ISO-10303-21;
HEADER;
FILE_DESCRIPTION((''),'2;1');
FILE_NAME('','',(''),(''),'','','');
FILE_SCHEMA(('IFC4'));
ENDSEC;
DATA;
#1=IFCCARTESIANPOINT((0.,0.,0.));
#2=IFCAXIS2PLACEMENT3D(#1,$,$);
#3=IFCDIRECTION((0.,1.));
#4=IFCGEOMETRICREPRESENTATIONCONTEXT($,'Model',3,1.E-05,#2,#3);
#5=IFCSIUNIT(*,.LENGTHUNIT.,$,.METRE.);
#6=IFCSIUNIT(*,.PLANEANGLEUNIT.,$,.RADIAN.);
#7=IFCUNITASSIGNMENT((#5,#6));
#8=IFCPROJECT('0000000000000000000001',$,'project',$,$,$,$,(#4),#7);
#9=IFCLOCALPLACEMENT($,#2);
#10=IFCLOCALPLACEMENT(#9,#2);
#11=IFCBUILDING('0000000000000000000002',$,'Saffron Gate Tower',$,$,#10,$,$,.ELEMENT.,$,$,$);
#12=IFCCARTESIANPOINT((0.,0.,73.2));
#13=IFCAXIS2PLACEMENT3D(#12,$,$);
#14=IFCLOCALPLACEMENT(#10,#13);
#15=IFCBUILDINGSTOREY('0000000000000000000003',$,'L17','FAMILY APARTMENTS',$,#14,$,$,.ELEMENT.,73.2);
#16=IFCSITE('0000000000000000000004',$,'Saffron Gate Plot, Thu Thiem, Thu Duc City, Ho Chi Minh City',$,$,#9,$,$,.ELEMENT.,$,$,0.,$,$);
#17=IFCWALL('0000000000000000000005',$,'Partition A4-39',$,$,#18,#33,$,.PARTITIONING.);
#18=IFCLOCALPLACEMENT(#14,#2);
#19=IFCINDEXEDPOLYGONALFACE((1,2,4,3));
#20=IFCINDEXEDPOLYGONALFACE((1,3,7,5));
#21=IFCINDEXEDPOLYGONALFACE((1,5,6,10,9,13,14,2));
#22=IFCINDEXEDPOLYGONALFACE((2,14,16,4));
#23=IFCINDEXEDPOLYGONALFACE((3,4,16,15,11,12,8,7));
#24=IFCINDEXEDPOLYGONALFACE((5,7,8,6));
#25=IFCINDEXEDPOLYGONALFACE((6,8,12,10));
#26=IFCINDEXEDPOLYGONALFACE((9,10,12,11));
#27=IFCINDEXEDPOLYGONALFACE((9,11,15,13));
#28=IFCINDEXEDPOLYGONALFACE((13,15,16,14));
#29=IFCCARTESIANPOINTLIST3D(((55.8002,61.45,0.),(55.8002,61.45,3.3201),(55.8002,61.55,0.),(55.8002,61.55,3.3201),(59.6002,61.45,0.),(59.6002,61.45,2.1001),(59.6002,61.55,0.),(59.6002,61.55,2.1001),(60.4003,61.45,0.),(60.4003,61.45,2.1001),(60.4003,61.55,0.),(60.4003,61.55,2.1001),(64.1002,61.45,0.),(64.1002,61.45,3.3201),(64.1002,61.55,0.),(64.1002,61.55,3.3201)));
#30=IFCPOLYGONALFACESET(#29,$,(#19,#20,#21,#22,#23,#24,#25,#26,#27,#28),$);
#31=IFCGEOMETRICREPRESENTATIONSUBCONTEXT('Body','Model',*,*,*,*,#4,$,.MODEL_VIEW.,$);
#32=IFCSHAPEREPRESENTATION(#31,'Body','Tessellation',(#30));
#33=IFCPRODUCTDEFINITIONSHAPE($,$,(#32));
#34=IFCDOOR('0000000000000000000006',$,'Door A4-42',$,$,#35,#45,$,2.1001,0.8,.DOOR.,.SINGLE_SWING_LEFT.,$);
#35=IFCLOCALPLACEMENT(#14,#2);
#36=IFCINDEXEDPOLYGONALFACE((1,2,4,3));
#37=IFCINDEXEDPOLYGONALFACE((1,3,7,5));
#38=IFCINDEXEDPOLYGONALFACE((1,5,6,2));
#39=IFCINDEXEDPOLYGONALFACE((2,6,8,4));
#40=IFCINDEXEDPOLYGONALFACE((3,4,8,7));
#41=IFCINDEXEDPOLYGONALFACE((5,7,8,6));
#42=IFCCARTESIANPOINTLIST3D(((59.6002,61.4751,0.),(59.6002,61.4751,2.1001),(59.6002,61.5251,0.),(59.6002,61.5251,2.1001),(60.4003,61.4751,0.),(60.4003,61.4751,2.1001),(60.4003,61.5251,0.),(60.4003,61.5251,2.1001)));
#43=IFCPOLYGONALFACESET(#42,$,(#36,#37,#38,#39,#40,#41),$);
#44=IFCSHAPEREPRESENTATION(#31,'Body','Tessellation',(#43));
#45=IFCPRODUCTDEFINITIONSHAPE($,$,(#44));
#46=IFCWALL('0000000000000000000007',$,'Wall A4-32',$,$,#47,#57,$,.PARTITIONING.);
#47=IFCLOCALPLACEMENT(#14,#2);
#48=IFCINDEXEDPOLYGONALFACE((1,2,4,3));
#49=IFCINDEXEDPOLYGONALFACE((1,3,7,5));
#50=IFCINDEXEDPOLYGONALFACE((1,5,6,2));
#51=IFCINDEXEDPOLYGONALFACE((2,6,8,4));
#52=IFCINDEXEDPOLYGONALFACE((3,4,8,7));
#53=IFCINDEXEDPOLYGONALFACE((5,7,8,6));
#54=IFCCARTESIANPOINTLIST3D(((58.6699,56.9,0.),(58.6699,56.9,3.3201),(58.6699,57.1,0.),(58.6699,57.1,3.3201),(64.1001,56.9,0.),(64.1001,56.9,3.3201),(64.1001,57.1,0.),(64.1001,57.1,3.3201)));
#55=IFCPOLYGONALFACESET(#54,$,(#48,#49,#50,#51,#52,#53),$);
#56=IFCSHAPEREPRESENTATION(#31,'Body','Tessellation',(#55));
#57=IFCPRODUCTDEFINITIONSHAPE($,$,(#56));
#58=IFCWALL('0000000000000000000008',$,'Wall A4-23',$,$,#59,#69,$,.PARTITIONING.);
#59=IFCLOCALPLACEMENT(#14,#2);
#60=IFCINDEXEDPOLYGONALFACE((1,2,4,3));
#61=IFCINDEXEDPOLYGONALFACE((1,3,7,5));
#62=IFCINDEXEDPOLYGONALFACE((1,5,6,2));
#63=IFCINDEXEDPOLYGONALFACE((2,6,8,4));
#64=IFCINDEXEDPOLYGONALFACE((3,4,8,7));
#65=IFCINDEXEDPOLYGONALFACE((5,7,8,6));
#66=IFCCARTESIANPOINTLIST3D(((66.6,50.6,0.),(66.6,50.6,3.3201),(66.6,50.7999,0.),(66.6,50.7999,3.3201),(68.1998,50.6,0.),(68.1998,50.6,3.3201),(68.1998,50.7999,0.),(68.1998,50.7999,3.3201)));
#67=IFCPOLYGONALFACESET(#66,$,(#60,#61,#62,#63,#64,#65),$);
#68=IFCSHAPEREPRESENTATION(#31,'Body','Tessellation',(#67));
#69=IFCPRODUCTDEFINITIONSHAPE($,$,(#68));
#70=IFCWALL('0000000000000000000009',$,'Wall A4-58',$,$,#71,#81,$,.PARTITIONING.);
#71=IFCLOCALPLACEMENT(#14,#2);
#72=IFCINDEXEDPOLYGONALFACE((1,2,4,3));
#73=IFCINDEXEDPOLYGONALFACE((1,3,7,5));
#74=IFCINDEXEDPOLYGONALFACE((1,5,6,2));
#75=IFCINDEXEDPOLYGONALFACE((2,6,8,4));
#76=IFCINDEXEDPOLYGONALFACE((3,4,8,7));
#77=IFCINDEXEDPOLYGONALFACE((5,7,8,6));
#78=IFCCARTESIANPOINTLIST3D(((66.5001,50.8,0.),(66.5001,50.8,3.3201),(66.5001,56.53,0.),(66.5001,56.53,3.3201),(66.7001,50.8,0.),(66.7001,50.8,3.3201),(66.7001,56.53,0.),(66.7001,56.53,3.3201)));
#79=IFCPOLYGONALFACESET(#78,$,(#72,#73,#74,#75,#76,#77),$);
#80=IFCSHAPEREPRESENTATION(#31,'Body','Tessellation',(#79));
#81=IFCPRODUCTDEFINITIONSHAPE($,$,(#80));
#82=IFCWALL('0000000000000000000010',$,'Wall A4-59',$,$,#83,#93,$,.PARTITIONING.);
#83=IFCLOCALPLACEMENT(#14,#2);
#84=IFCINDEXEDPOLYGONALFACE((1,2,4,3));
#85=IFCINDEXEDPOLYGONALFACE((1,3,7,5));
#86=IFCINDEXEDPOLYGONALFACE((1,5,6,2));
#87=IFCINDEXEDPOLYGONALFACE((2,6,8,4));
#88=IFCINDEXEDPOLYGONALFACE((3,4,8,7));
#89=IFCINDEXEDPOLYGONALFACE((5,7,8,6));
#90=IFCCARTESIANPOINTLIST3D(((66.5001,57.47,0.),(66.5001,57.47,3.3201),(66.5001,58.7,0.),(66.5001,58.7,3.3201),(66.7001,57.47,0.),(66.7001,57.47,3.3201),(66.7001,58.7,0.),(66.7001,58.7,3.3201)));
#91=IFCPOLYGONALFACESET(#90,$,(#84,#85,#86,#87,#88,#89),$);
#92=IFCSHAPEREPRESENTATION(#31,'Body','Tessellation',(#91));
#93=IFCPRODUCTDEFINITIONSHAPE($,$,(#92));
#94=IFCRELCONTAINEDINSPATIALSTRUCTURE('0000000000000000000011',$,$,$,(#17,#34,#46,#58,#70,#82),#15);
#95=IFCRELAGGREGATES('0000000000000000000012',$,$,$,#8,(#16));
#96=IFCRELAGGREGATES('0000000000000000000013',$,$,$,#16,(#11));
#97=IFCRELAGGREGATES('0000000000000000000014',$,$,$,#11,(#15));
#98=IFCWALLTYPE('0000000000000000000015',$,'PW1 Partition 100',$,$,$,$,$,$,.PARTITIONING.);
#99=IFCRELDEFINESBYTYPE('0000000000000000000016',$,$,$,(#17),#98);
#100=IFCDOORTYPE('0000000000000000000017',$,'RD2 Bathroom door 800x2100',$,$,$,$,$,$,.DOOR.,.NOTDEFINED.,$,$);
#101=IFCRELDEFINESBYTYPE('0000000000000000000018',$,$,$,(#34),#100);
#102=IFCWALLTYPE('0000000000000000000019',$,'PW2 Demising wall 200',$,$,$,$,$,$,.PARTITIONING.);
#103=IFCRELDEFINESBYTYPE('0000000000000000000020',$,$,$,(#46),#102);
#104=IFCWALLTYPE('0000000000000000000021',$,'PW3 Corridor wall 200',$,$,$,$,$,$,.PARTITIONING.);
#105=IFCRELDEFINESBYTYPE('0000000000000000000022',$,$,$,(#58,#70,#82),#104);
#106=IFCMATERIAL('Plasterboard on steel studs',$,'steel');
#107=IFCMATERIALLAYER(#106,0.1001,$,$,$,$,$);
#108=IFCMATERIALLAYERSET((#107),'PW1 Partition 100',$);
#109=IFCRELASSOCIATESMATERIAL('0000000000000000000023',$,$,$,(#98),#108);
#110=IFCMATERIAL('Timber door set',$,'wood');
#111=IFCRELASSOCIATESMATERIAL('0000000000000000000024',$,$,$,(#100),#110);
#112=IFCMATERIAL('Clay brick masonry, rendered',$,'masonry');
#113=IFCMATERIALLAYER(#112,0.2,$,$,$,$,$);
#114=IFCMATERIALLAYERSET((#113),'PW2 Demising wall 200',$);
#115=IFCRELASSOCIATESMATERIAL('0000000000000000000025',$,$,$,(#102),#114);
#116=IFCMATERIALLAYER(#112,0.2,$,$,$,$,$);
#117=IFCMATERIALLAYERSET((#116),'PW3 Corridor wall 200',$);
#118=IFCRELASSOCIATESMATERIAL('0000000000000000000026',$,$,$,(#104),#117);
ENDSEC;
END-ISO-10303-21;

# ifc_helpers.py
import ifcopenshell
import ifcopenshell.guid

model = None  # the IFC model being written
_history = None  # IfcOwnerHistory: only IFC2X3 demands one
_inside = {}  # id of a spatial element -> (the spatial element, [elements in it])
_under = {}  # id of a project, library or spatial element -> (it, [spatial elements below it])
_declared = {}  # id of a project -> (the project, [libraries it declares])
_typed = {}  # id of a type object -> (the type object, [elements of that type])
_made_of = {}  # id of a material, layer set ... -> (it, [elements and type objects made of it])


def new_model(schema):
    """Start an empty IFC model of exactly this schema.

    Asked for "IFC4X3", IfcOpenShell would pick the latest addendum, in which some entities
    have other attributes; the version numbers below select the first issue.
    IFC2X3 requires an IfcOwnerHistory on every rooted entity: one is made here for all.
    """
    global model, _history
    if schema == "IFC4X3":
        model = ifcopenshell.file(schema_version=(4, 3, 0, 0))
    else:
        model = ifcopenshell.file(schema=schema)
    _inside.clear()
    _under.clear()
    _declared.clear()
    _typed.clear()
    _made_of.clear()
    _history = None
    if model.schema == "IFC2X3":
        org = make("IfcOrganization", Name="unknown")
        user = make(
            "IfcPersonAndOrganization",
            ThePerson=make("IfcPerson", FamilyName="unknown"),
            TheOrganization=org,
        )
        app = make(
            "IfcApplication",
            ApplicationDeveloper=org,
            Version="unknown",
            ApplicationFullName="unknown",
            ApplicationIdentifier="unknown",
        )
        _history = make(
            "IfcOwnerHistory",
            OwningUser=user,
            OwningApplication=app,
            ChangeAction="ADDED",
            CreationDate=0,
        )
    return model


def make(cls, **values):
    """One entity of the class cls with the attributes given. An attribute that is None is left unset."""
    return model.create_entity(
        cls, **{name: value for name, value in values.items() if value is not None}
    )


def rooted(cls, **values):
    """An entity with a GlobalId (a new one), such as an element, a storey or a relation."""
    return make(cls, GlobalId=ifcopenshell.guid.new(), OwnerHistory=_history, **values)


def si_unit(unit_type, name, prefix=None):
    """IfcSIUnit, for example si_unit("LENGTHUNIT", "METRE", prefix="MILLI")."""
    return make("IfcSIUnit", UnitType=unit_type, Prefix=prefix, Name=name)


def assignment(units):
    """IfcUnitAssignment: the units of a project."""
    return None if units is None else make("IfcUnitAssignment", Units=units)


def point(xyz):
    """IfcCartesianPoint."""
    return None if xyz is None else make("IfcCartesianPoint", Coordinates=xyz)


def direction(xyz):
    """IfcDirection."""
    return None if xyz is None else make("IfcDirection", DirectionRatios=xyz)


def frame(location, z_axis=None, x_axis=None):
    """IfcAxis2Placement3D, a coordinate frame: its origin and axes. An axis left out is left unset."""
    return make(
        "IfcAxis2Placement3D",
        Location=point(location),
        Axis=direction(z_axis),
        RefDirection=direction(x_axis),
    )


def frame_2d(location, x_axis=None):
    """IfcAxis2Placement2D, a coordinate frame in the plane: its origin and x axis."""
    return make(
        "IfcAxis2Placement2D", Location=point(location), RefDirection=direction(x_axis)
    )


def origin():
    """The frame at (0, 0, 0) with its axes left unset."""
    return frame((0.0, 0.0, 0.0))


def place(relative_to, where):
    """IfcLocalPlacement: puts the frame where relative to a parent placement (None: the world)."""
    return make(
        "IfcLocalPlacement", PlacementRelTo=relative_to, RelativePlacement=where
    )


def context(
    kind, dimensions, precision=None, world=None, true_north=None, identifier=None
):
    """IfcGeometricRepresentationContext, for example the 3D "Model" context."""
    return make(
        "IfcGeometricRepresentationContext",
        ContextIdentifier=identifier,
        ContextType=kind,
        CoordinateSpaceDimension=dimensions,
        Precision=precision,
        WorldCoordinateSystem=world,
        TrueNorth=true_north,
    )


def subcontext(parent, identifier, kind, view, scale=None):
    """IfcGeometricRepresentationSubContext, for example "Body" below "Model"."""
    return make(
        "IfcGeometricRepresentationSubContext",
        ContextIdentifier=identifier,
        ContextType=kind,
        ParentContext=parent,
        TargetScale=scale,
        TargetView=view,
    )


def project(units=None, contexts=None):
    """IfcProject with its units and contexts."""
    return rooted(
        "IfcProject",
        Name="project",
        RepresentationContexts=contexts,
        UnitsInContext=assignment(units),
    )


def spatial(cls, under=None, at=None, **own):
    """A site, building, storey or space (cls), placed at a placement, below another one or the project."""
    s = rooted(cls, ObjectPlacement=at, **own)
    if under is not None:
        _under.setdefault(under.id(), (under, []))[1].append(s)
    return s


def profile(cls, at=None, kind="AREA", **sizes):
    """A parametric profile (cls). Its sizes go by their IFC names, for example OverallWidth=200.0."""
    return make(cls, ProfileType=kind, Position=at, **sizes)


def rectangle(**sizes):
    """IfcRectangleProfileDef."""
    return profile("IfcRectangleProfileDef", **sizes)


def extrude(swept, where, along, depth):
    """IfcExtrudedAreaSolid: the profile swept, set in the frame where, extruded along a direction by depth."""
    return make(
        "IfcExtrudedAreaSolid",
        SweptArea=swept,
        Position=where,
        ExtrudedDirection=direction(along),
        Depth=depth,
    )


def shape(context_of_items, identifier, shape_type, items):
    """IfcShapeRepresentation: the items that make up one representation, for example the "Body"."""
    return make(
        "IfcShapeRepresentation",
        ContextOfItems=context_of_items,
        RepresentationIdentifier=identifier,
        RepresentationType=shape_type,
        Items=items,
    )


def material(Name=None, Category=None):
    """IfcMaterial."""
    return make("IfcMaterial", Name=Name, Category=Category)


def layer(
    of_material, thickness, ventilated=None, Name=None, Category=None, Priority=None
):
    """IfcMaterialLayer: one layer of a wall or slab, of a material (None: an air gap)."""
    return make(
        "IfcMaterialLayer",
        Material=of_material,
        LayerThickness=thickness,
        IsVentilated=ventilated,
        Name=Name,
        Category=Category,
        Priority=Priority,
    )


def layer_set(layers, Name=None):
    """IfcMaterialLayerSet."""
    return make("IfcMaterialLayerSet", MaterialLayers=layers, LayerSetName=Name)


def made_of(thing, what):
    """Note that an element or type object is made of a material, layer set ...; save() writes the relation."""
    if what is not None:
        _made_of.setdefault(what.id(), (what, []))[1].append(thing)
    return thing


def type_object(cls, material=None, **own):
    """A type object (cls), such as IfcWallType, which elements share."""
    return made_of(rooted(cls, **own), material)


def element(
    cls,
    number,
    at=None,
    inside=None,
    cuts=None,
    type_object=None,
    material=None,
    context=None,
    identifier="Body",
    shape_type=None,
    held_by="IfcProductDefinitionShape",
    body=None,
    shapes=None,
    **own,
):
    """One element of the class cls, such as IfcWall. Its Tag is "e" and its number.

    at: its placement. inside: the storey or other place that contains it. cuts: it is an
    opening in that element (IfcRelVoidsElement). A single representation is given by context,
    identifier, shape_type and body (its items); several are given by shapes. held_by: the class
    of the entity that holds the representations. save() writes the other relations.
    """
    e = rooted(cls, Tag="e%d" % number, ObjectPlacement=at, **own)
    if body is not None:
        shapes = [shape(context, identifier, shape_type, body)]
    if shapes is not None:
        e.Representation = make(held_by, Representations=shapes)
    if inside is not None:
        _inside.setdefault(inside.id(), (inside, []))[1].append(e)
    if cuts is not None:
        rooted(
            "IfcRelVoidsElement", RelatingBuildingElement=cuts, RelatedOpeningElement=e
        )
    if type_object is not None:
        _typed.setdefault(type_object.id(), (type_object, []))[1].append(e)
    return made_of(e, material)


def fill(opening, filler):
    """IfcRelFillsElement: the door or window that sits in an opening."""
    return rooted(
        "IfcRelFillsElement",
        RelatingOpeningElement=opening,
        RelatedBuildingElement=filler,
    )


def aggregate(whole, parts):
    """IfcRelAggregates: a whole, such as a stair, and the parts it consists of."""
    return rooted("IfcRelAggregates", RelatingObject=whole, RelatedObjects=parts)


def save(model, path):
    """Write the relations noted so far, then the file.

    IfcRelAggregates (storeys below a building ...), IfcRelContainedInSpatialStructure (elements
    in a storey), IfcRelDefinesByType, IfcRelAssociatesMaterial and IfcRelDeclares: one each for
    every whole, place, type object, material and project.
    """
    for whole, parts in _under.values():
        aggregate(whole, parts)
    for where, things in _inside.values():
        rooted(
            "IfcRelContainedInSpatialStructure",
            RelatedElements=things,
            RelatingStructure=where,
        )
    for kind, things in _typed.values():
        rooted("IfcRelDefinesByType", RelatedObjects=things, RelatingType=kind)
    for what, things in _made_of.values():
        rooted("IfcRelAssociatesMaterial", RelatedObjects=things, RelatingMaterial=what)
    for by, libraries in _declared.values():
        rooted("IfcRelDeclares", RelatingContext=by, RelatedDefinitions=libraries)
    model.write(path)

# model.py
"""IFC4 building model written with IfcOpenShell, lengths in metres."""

from ifc_helpers import new_model, si_unit, direction, frame, frame_2d, origin, place, context, subcontext, project, spatial, rectangle, extrude, material, layer, layer_set, type_object, element, fill, save


model = new_model("IFC4")

# Units and contexts
model_context = context("Model", 3, precision=1e-05, world=origin(), true_north=direction((0.0, 1.0)))
body_context = subcontext(model_context, "Body", "Model", "MODEL_VIEW")
ifc_project = project(units=[si_unit("LENGTHUNIT", "METRE"), si_unit("PLANEANGLEUNIT", "RADIAN")], contexts=[model_context])

# Site, building, storey
site_placement = place(None, origin())
site = spatial("IfcSite", under=ifc_project, at=site_placement, Name="Saffron Gate Plot, Thu Thiem, Thu Duc City, Ho Chi Minh City", CompositionType="ELEMENT", RefElevation=0.0)
building_placement = place(site_placement, origin())
building = spatial("IfcBuilding", under=site, at=building_placement, Name="Saffron Gate Tower", CompositionType="ELEMENT")
storey_placement = place(building_placement, frame((0.0, 0.0, 73.2)))
storey = spatial("IfcBuildingStorey", under=building, at=storey_placement, Name="L17", Description="FAMILY APARTMENTS", CompositionType="ELEMENT", Elevation=73.2)

# Wall, opening, door
ifc_material_1 = material(Name="Plasterboard on steel studs", Category="steel")
ifc_layer_1 = layer(ifc_material_1, 0.1001)
ifc_layer_set_1 = layer_set([ifc_layer_1], Name="PW1 Partition 100")
wall_type_1 = type_object("IfcWallType", Name="PW1 Partition 100", PredefinedType="PARTITIONING", material=ifc_layer_set_1)
ifc_material_2 = material(Name="Timber door set", Category="wood")
wall_1_placement = place(storey_placement, frame((64.1001, 61.5, 0.0), z_axis=(0.0, 0.0, 1.0), x_axis=(-1.0, 0.0, 0.0)))
wall_1 = element("IfcWall", 1, at=wall_1_placement, inside=storey, type_object=wall_type_1, Name="Partition A4-39", PredefinedType="PARTITIONING", context=body_context, shape_type="SweptSolid", body=[
    extrude(rectangle(XDim=8.3, YDim=0.1001, at=frame_2d((4.1499, 0.0))), origin(), (0.0, 0.0, 1.0), 3.3201),
])
opening_1_placement = place(wall_1_placement, frame((3.7, 0.0, 0.0)))
opening_1 = element("IfcOpeningElement", 2, at=opening_1_placement, cuts=wall_1, PredefinedType="OPENING", context=body_context, shape_type="SweptSolid", body=[
    extrude(rectangle(XDim=0.8, YDim=2.1001, at=frame_2d((0.3999, 1.05))), frame((0.0, 0.0601, 0.0), z_axis=(0.0, -1.0, 0.0), x_axis=(1.0, 0.0, 0.0)), (0.0, 0.0, 1.0), 0.1201),
])
door_type_1 = type_object("IfcDoorType", Name="RD2 Bathroom door 800x2100", OperationType="NOTDEFINED", PredefinedType="DOOR", material=ifc_material_2)
door_1_placement = place(opening_1_placement, origin())
door_1 = element("IfcDoor", 3, at=door_1_placement, inside=storey, type_object=door_type_1, Name="Door A4-42", OperationType="SINGLE_SWING_LEFT", OverallHeight=2.1001, OverallWidth=0.8, PredefinedType="DOOR", context=body_context, shape_type="SweptSolid", body=[
    extrude(rectangle(XDim=0.8, YDim=2.1001, at=frame_2d((0.3999, 1.05))), frame((0.0, 0.0249, 0.0), z_axis=(0.0, -1.0, 0.0), x_axis=(1.0, 0.0, 0.0)), (0.0, 0.0, 1.0), 0.05),
])
fill(opening_1, door_1)

# Walls
ifc_material_3 = material(Name="Clay brick masonry, rendered", Category="masonry")
ifc_layer_2 = layer(ifc_material_3, 0.2)
ifc_layer_set_2 = layer_set([ifc_layer_2], Name="PW2 Demising wall 200")
wall_type_2 = type_object("IfcWallType", Name="PW2 Demising wall 200", PredefinedType="PARTITIONING", material=ifc_layer_set_2)
wall_2_placement = place(storey_placement, frame((58.6699, 57.0, 0.0), z_axis=(0.0, 0.0, 1.0), x_axis=(1.0, 0.0, 0.0)))
element("IfcWall", 4, at=wall_2_placement, inside=storey, type_object=wall_type_2, Name="Wall A4-32", PredefinedType="PARTITIONING", context=body_context, shape_type="SweptSolid", body=[
    extrude(rectangle(XDim=5.4302, YDim=0.2, at=frame_2d((2.7151, 0.0))), origin(), (0.0, 0.0, 1.0), 3.3201),
])
ifc_layer_3 = layer(ifc_material_3, 0.2)
ifc_layer_set_3 = layer_set([ifc_layer_3], Name="PW3 Corridor wall 200")
wall_type_3 = type_object("IfcWallType", Name="PW3 Corridor wall 200", PredefinedType="PARTITIONING", material=ifc_layer_set_3)
wall_3_placement = place(storey_placement, frame((66.6001, 50.7, 0.0), z_axis=(0.0, 0.0, 1.0), x_axis=(1.0, 0.0, 0.0)))
element("IfcWall", 5, at=wall_3_placement, inside=storey, type_object=wall_type_3, Name="Wall A4-23", PredefinedType="PARTITIONING", context=body_context, shape_type="SweptSolid", body=[
    extrude(rectangle(XDim=1.5999, YDim=0.2, at=frame_2d((0.7998, 0.0))), origin(), (0.0, 0.0, 1.0), 3.3201),
])
wall_4_placement = place(storey_placement, frame((66.6001, 56.53, 0.0), z_axis=(0.0, 0.0, 1.0), x_axis=(0.0, -1.0, 0.0)))
element("IfcWall", 6, at=wall_4_placement, inside=storey, type_object=wall_type_3, Name="Wall A4-58", PredefinedType="PARTITIONING", context=body_context, shape_type="SweptSolid", body=[
    extrude(rectangle(XDim=5.73, YDim=0.2, at=frame_2d((2.865, 0.0))), origin(), (0.0, 0.0, 1.0), 3.3201),
])
wall_5_placement = place(storey_placement, frame((66.6001, 58.7, 0.0), z_axis=(0.0, 0.0, 1.0), x_axis=(0.0, -1.0, 0.0)))
element("IfcWall", 7, at=wall_5_placement, inside=storey, type_object=wall_type_3, Name="Wall A4-59", PredefinedType="PARTITIONING", context=body_context, shape_type="SweptSolid", body=[
    extrude(rectangle(XDim=1.23, YDim=0.2, at=frame_2d((0.615, 0.0))), origin(), (0.0, 0.0, 1.0), 3.3201),
])

save(model, "model.ifc")
